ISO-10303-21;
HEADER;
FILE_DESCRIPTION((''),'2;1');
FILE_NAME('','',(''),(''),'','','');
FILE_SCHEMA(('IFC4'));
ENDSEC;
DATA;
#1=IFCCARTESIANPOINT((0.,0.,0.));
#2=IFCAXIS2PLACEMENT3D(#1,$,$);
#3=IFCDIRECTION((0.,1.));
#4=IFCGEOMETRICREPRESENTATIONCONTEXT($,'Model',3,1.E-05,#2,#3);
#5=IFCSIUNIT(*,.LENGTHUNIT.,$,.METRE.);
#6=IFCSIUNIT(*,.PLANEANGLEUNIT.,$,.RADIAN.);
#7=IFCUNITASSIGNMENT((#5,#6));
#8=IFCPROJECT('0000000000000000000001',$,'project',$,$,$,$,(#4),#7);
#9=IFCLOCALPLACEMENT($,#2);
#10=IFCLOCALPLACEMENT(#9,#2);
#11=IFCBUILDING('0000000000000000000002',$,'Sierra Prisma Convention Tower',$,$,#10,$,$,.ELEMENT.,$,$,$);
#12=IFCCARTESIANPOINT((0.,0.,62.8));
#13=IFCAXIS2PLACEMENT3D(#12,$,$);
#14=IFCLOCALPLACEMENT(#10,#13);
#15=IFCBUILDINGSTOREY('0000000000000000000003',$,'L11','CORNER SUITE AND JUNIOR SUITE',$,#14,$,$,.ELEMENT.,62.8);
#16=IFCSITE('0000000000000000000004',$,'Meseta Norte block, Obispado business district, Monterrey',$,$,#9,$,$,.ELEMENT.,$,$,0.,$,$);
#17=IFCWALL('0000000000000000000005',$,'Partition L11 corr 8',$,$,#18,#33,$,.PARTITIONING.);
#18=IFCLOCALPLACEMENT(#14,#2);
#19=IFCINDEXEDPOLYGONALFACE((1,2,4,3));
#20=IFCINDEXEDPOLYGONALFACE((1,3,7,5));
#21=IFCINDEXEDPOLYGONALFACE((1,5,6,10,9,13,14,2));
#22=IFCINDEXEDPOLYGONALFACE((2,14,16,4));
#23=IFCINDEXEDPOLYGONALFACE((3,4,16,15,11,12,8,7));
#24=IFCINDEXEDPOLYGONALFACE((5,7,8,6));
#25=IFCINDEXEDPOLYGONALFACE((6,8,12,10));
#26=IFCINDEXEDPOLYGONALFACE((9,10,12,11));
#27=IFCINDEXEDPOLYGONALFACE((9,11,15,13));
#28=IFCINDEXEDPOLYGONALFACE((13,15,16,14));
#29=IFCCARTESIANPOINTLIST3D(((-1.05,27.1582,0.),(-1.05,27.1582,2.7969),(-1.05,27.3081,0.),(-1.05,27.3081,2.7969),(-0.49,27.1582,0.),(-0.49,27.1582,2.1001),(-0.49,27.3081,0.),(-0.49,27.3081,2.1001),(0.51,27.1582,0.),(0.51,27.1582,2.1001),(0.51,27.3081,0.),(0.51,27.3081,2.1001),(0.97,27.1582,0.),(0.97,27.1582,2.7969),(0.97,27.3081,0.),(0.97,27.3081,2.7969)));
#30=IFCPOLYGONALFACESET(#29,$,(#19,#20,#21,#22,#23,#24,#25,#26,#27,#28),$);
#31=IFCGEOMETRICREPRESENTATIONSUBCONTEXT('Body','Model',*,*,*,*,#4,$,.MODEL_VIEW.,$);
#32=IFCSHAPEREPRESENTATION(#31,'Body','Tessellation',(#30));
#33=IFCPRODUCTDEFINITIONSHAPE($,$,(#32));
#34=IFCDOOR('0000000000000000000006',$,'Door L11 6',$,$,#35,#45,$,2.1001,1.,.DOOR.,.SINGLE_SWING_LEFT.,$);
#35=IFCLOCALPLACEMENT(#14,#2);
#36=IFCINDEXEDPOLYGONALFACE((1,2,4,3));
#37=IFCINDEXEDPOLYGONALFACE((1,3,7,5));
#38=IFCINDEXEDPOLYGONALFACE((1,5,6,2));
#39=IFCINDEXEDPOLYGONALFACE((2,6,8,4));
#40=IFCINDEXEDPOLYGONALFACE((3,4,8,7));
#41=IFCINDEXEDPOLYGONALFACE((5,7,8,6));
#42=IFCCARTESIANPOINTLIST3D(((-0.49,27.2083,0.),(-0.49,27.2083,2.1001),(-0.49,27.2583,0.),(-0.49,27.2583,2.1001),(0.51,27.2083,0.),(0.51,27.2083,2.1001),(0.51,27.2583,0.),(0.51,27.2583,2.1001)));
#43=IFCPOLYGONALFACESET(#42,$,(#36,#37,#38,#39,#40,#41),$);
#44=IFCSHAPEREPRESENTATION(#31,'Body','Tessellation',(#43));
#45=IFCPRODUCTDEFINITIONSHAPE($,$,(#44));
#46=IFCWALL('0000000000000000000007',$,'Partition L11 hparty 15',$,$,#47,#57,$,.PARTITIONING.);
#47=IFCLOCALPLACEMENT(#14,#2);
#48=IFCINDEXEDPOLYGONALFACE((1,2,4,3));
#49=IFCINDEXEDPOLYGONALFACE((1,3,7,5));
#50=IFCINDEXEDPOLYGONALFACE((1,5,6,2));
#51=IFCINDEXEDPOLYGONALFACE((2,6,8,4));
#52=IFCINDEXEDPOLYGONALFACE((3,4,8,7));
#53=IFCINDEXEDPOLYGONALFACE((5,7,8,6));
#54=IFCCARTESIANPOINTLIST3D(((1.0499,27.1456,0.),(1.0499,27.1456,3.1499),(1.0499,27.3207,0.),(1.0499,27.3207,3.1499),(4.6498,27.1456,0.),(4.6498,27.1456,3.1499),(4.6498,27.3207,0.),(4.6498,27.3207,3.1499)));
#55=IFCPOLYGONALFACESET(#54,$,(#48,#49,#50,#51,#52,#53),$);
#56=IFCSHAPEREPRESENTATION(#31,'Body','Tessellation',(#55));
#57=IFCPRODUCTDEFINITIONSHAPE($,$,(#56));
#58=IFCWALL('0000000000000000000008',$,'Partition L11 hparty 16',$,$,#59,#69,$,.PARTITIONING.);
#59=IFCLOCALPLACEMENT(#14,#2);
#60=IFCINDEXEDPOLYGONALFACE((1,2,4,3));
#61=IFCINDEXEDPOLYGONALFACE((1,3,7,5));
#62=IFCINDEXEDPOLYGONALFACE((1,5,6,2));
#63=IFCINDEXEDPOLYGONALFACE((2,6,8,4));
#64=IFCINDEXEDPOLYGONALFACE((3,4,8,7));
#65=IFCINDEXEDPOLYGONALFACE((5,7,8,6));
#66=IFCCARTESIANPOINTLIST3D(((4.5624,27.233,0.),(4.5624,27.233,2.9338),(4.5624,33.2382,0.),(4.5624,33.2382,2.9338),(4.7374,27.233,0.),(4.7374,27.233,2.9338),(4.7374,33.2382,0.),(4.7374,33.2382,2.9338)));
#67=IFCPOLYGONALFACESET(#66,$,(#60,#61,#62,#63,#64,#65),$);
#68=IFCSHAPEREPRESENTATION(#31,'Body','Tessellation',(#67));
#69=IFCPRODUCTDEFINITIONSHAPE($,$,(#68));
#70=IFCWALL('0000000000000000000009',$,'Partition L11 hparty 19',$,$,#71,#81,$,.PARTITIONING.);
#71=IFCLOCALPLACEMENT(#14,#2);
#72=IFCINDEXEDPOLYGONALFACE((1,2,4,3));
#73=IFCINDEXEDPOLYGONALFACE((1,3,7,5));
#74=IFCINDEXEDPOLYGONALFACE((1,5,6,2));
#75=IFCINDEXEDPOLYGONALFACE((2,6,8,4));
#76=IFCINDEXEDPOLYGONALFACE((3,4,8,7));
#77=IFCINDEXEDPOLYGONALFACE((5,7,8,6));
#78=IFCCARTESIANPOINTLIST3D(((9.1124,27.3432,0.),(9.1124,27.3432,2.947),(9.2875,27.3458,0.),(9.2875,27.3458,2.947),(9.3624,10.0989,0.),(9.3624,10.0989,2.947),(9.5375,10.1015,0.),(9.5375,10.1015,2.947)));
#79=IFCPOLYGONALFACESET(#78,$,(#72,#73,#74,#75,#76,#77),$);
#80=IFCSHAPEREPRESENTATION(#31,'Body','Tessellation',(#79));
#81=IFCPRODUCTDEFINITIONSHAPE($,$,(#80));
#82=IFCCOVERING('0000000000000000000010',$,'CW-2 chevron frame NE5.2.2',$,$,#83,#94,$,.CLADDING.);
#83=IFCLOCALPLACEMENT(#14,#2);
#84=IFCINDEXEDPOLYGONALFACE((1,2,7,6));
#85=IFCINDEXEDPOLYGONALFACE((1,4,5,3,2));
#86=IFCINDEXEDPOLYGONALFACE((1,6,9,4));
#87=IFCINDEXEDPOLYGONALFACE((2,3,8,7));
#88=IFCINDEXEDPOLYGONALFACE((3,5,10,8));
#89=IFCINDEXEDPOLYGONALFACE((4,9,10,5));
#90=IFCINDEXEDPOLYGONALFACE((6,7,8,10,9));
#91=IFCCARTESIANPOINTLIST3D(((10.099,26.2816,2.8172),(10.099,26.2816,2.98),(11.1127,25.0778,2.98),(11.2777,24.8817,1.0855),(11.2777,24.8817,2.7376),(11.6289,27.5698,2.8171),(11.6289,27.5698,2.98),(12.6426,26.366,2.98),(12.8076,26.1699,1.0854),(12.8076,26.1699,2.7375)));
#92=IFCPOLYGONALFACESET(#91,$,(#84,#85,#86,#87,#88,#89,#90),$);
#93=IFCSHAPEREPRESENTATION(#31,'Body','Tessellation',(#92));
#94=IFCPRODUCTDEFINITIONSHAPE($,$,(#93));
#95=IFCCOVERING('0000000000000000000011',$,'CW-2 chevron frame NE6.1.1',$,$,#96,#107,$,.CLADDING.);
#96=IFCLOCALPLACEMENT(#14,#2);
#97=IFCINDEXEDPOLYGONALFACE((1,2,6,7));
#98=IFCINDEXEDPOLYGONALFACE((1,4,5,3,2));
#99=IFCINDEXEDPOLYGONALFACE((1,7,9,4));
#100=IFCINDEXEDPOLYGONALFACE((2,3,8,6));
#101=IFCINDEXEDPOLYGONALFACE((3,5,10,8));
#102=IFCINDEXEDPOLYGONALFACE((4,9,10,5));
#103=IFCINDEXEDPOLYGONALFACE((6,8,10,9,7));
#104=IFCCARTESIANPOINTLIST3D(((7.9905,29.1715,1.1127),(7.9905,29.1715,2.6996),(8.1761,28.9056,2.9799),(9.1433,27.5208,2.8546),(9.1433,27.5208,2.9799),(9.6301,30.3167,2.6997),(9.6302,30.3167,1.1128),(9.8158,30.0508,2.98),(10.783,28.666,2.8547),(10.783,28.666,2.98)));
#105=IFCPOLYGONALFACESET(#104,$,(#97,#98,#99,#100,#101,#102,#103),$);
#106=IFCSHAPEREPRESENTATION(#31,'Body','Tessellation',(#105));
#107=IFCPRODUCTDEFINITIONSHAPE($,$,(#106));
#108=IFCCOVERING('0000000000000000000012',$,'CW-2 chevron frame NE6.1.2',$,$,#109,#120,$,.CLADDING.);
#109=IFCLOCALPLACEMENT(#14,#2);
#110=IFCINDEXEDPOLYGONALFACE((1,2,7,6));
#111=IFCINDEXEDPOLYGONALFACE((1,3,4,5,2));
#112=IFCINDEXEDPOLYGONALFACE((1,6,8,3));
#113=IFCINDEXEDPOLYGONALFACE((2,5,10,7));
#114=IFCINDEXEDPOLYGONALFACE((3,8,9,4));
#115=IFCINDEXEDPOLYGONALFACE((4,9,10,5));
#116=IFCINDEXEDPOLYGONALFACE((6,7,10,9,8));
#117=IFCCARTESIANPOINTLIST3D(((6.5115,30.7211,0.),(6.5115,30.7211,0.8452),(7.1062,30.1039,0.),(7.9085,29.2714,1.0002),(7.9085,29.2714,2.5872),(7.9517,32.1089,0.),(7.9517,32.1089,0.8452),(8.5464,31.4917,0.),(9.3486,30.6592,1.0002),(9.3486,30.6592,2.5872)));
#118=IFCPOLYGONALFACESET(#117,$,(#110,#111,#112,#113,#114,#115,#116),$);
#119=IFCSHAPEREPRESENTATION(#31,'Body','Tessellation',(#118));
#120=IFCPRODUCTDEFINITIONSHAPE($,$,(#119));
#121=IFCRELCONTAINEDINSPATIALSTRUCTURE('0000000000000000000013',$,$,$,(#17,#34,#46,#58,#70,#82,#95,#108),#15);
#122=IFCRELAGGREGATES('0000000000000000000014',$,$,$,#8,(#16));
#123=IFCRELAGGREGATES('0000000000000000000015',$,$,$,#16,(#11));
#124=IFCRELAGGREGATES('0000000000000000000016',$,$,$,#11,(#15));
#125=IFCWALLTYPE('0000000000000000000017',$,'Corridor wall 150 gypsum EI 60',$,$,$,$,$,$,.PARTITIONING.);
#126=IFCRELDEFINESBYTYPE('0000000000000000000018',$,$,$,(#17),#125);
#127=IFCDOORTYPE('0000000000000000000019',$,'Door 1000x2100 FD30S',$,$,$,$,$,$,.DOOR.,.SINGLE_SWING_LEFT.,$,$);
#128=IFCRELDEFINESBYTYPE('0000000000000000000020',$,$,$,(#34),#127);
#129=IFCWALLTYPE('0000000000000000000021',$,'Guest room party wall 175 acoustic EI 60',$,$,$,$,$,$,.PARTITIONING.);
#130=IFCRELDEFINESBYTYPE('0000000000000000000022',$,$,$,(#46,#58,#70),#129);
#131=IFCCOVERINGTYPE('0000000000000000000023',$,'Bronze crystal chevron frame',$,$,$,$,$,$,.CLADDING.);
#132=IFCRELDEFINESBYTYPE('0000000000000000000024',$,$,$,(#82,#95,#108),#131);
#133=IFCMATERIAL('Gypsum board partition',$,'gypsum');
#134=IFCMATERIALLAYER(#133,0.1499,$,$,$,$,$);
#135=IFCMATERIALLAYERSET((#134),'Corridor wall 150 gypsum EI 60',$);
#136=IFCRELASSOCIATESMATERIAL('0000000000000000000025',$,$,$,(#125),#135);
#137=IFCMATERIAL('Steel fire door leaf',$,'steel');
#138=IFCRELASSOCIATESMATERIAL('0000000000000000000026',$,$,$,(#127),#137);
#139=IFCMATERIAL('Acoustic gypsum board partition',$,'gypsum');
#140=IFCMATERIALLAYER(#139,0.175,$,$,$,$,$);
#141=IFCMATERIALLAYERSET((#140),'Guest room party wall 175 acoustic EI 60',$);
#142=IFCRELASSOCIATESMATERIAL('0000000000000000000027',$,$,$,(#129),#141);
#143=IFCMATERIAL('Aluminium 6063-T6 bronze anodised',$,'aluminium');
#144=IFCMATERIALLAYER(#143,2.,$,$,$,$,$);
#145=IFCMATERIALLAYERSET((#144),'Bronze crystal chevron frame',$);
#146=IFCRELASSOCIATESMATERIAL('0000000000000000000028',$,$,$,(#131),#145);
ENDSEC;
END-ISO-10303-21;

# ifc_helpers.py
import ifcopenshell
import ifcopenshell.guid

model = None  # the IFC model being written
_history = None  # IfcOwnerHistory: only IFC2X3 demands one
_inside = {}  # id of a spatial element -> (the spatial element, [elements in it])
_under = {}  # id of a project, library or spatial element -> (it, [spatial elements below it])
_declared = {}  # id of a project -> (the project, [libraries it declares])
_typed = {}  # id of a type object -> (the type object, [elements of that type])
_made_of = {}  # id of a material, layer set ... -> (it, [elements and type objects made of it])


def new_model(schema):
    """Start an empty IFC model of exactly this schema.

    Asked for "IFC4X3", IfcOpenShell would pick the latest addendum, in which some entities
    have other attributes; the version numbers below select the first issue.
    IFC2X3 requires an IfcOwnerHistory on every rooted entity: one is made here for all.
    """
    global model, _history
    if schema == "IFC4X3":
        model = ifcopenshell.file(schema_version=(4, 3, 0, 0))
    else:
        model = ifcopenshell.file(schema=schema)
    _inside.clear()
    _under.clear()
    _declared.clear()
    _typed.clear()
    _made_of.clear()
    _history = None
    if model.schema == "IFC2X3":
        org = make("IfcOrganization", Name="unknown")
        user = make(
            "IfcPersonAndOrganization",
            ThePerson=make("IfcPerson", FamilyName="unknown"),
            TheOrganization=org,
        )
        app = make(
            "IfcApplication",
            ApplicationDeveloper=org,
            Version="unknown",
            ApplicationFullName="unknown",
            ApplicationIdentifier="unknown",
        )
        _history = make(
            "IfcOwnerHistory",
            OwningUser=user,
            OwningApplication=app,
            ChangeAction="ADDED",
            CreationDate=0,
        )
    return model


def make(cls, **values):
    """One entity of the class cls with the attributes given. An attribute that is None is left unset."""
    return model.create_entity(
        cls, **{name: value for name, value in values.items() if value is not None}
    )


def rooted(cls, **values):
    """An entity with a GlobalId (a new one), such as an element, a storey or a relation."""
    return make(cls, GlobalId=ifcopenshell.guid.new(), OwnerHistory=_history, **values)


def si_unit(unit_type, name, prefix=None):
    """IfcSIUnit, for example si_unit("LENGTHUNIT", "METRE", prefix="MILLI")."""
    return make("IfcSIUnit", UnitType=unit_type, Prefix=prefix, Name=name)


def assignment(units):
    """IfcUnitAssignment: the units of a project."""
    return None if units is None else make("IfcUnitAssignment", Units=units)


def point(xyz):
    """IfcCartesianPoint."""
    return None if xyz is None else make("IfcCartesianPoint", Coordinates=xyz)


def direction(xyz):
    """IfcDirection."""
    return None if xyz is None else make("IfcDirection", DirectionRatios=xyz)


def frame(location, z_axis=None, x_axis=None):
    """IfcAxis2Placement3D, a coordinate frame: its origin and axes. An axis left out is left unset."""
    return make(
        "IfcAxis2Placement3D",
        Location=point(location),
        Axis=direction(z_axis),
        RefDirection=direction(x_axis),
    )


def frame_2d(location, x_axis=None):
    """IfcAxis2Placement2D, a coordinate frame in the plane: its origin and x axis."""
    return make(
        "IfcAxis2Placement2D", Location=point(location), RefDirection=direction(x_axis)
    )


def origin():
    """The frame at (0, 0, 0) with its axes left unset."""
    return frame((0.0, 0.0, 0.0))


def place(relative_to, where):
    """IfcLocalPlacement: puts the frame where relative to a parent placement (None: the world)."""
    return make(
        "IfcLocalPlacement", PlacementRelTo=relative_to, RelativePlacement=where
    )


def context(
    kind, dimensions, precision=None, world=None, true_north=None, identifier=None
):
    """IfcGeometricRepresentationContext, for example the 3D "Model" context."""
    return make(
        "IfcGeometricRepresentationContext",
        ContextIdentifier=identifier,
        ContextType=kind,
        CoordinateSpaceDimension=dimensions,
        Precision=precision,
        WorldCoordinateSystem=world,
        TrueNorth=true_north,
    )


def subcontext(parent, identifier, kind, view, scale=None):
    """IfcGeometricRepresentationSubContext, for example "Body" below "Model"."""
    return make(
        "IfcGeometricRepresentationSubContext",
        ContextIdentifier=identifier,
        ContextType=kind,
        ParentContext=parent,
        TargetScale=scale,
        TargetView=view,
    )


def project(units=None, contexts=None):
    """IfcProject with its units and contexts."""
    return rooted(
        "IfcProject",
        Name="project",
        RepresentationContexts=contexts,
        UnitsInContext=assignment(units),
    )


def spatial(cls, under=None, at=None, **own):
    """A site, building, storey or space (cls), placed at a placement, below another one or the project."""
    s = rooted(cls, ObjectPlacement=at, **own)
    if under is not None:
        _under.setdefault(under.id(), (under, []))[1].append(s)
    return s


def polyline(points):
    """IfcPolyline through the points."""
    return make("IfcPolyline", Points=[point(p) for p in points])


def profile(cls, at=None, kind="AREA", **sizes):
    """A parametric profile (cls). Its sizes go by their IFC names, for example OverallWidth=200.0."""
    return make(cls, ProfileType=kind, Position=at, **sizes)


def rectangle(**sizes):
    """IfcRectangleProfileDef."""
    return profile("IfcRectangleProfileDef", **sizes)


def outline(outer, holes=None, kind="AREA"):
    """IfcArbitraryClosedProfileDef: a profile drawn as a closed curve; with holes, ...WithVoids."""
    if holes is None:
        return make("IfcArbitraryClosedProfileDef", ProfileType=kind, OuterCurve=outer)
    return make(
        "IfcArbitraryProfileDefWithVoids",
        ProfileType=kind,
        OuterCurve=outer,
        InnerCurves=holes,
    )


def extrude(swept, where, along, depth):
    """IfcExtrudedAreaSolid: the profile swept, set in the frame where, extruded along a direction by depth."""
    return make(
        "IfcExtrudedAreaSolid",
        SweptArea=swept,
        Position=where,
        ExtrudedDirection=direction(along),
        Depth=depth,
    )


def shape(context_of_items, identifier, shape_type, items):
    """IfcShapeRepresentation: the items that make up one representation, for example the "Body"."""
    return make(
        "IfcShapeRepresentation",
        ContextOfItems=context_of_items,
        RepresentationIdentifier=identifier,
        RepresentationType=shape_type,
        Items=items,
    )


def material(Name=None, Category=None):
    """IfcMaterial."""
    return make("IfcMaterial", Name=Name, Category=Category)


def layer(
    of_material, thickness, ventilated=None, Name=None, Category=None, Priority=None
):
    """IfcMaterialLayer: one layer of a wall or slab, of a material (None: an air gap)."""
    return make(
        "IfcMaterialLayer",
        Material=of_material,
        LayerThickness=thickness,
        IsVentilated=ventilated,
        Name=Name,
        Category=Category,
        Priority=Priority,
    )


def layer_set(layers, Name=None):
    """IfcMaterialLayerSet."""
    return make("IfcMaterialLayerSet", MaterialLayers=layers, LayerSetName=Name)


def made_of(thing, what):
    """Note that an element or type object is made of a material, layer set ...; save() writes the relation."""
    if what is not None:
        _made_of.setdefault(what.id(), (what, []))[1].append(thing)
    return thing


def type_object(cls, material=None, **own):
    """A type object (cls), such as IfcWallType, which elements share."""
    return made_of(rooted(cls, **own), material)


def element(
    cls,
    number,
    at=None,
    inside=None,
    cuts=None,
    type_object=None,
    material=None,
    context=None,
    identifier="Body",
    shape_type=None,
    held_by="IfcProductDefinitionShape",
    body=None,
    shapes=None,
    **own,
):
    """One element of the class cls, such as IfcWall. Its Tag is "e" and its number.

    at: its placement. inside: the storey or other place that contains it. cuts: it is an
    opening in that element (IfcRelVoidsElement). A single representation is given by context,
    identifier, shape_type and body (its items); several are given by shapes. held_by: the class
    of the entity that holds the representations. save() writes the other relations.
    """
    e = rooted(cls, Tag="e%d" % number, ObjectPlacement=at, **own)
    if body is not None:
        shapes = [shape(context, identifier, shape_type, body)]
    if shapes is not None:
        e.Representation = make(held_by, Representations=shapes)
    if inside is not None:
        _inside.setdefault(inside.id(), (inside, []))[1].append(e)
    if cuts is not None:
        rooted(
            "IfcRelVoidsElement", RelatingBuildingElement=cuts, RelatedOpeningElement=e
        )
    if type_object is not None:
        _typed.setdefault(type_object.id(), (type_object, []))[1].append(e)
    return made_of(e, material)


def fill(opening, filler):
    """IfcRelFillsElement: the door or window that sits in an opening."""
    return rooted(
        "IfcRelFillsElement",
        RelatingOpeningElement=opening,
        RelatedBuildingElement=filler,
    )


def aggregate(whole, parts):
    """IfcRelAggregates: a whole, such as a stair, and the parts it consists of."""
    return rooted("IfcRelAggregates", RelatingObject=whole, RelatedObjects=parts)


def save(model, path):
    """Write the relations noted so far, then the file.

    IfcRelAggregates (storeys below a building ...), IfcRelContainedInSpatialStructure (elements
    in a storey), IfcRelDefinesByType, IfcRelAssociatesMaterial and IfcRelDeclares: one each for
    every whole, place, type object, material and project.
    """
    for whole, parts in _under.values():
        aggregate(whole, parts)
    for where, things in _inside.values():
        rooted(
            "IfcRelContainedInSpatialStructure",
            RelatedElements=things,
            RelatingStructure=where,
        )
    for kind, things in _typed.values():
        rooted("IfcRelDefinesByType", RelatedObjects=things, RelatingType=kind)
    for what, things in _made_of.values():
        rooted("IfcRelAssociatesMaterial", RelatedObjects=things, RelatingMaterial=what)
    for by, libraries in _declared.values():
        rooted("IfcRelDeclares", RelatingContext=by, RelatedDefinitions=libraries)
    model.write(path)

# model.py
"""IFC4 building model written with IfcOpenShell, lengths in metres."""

from ifc_helpers import new_model, si_unit, direction, frame, frame_2d, origin, place, context, subcontext, project, spatial, polyline, rectangle, outline, extrude, material, layer, layer_set, type_object, element, fill, save


model = new_model("IFC4")

# Units and contexts
model_context = context("Model", 3, precision=1e-05, world=origin(), true_north=direction((0.0, 1.0)))
body_context = subcontext(model_context, "Body", "Model", "MODEL_VIEW")
ifc_project = project(units=[si_unit("LENGTHUNIT", "METRE"), si_unit("PLANEANGLEUNIT", "RADIAN")], contexts=[model_context])

# Site, building, storey
site_placement = place(None, origin())
site = spatial("IfcSite", under=ifc_project, at=site_placement, Name="Meseta Norte block, Obispado business district, Monterrey", CompositionType="ELEMENT", RefElevation=0.0)
building_placement = place(site_placement, origin())
building = spatial("IfcBuilding", under=site, at=building_placement, Name="Sierra Prisma Convention Tower", CompositionType="ELEMENT")
storey_placement = place(building_placement, frame((0.0, 0.0, 62.8)))
storey = spatial("IfcBuildingStorey", under=building, at=storey_placement, Name="L11", Description="CORNER SUITE AND JUNIOR SUITE", CompositionType="ELEMENT", Elevation=62.8)

# Wall, opening, door
ifc_material_1 = material(Name="Gypsum board partition", Category="gypsum")
ifc_layer_1 = layer(ifc_material_1, 0.1499)
ifc_layer_set_1 = layer_set([ifc_layer_1], Name="Corridor wall 150 gypsum EI 60")
wall_type_1 = type_object("IfcWallType", Name="Corridor wall 150 gypsum EI 60", PredefinedType="PARTITIONING", material=ifc_layer_set_1)
wall_1_placement = place(storey_placement, frame((0.97, 27.2332, 0.0), z_axis=(0.0, 0.0, 1.0), x_axis=(-1.0, 0.0, 0.0)))
wall_1 = element("IfcWall", 1, at=wall_1_placement, inside=storey, type_object=wall_type_1, Name="Partition L11 corr 8", PredefinedType="PARTITIONING", context=body_context, shape_type="SweptSolid", body=[
    extrude(rectangle(XDim=2.02, YDim=0.1499, at=frame_2d((1.01, 0.0))), origin(), (0.0, 0.0, 1.0), 2.7969),
])
opening_placement = place(wall_1_placement, frame((0.46, 0.0, 0.0)))
opening = element("IfcOpeningElement", 2, at=opening_placement, cuts=wall_1, PredefinedType="OPENING", context=body_context, shape_type="SweptSolid", body=[
    extrude(rectangle(XDim=1.0, YDim=2.1001, at=frame_2d((0.5, 1.05))), frame((0.0, 0.075, 0.0), z_axis=(0.0, -1.0, 0.0), x_axis=(1.0, 0.0, 0.0)), (0.0, 0.0, 1.0), 0.1499),
])
ifc_material_2 = material(Name="Steel fire door leaf", Category="steel")
door_type = type_object("IfcDoorType", Name="Door 1000x2100 FD30S", OperationType="SINGLE_SWING_LEFT", PredefinedType="DOOR", material=ifc_material_2)
door_placement = place(opening_placement, origin())
door = element("IfcDoor", 3, at=door_placement, inside=storey, type_object=door_type, Name="Door L11 6", OperationType="SINGLE_SWING_LEFT", OverallHeight=2.1001, OverallWidth=1.0, PredefinedType="DOOR", context=body_context, shape_type="SweptSolid", body=[
    extrude(rectangle(XDim=1.0, YDim=2.1001, at=frame_2d((0.5, 1.05))), frame((0.0, 0.0249, 0.0), z_axis=(0.0, -1.0, 0.0), x_axis=(1.0, 0.0, 0.0)), (0.0, 0.0, 1.0), 0.05),
])
fill(opening, door)

# Walls
ifc_material_3 = material(Name="Acoustic gypsum board partition", Category="gypsum")
ifc_layer_2 = layer(ifc_material_3, 0.175)
ifc_layer_set_2 = layer_set([ifc_layer_2], Name="Guest room party wall 175 acoustic EI 60")
wall_type_2 = type_object("IfcWallType", Name="Guest room party wall 175 acoustic EI 60", PredefinedType="PARTITIONING", material=ifc_layer_set_2)
wall_2_placement = place(storey_placement, frame((1.05, 27.2332, 0.0), z_axis=(0.0, 0.0, 1.0), x_axis=(1.0, 0.0, 0.0)))
element("IfcWall", 4, at=wall_2_placement, inside=storey, type_object=wall_type_2, Name="Partition L11 hparty 15", PredefinedType="PARTITIONING", context=body_context, shape_type="SweptSolid", body=[
    extrude(rectangle(XDim=3.5999, YDim=0.175, at=frame_2d((1.7998, 0.0))), origin(), (0.0, 0.0, 1.0), 3.1499),
])
wall_3_placement = place(storey_placement, frame((4.6499, 27.2332, 0.0), z_axis=(0.0, 0.0, 1.0), x_axis=(0.0, 1.0, 0.0)))
element("IfcWall", 5, at=wall_3_placement, inside=storey, type_object=wall_type_2, Name="Partition L11 hparty 16", PredefinedType="PARTITIONING", context=body_context, shape_type="SweptSolid", body=[
    extrude(rectangle(XDim=6.0051, YDim=0.175, at=frame_2d((3.0024, 0.0))), origin(), (0.0, 0.0, 1.0), 2.9338),
])
wall_4_placement = place(storey_placement, frame((9.2, 27.3445, 0.0), z_axis=(0.0, 0.0, 1.0), x_axis=(0.014496, -0.999895, 0.0)))
element("IfcWall", 6, at=wall_4_placement, inside=storey, type_object=wall_type_2, Name="Partition L11 hparty 19", PredefinedType="PARTITIONING", context=body_context, shape_type="SweptSolid", body=[
    extrude(rectangle(XDim=17.2461, YDim=0.175, at=frame_2d((8.623, 0.0))), origin(), (0.0, 0.0, 1.0), 2.947),
])

# Coverings
ifc_material_4 = material(Name="Aluminium 6063-T6 bronze anodised", Category="aluminium")
ifc_layer_3 = layer(ifc_material_4, 2.0)
ifc_layer_set_3 = layer_set([ifc_layer_3], Name="Bronze crystal chevron frame")
covering_type = type_object("IfcCoveringType", Name="Bronze crystal chevron frame", PredefinedType="CLADDING", material=ifc_layer_set_3)
covering_1_placement = place(storey_placement, frame((11.6289, 27.5698, 2.98), z_axis=(0.764952, 0.644088, -0.000011), x_axis=(0.644088, -0.764952, 0.0)))
element("IfcCovering", 7, at=covering_1_placement, inside=storey, type_object=covering_type, Name="CW-2 chevron frame NE5.2.2", PredefinedType="CLADDING", context=body_context, shape_type="SweptSolid", body=[
    extrude(outline(polyline([(0.0, 0.0), (1.5738, 0.0), (1.8301, 0.2424), (1.8301, 1.8945), (0.0, 0.1628), (0.0, 0.0)])), origin(), (0.0, 0.0, -1.0), 2.0),
])
covering_2_placement = place(storey_placement, frame((10.783, 28.666, 2.98), z_axis=(0.819836, 0.572598, 0.000059), x_axis=(0.000049, 0.000034, -1.0)))
element("IfcCovering", 8, at=covering_2_placement, inside=storey, type_object=covering_type, Name="CW-2 chevron frame NE6.1.1", PredefinedType="CLADDING", context=body_context, shape_type="SweptSolid", body=[
    extrude(outline(polyline([(0.0, 0.0), (0.1252, 0.0), (1.8672, 2.0134), (0.2803, 2.0134), (0.0, 1.6891), (0.0, 0.0)])), origin(), (0.0, 0.0, -1.0), 2.0),
])
covering_3_placement = place(storey_placement, frame((9.3486, 30.6592, 2.5872), z_axis=(0.720083, 0.693888, -0.000003), x_axis=(-0.000002, -0.000002, -1.0)))
element("IfcCovering", 9, at=covering_3_placement, inside=storey, type_object=covering_type, Name="CW-2 chevron frame NE6.1.2", PredefinedType="CLADDING", context=body_context, shape_type="SweptSolid", body=[
    extrude(outline(polyline([(0.0, 0.0), (1.5869, 0.0), (2.5872, 1.1562), (2.5872, 2.0133), (1.7419, 2.0133), (0.0, 0.0)])), origin(), (0.0, 0.0, -1.0), 2.0),
])

save(model, "model.ifc")
